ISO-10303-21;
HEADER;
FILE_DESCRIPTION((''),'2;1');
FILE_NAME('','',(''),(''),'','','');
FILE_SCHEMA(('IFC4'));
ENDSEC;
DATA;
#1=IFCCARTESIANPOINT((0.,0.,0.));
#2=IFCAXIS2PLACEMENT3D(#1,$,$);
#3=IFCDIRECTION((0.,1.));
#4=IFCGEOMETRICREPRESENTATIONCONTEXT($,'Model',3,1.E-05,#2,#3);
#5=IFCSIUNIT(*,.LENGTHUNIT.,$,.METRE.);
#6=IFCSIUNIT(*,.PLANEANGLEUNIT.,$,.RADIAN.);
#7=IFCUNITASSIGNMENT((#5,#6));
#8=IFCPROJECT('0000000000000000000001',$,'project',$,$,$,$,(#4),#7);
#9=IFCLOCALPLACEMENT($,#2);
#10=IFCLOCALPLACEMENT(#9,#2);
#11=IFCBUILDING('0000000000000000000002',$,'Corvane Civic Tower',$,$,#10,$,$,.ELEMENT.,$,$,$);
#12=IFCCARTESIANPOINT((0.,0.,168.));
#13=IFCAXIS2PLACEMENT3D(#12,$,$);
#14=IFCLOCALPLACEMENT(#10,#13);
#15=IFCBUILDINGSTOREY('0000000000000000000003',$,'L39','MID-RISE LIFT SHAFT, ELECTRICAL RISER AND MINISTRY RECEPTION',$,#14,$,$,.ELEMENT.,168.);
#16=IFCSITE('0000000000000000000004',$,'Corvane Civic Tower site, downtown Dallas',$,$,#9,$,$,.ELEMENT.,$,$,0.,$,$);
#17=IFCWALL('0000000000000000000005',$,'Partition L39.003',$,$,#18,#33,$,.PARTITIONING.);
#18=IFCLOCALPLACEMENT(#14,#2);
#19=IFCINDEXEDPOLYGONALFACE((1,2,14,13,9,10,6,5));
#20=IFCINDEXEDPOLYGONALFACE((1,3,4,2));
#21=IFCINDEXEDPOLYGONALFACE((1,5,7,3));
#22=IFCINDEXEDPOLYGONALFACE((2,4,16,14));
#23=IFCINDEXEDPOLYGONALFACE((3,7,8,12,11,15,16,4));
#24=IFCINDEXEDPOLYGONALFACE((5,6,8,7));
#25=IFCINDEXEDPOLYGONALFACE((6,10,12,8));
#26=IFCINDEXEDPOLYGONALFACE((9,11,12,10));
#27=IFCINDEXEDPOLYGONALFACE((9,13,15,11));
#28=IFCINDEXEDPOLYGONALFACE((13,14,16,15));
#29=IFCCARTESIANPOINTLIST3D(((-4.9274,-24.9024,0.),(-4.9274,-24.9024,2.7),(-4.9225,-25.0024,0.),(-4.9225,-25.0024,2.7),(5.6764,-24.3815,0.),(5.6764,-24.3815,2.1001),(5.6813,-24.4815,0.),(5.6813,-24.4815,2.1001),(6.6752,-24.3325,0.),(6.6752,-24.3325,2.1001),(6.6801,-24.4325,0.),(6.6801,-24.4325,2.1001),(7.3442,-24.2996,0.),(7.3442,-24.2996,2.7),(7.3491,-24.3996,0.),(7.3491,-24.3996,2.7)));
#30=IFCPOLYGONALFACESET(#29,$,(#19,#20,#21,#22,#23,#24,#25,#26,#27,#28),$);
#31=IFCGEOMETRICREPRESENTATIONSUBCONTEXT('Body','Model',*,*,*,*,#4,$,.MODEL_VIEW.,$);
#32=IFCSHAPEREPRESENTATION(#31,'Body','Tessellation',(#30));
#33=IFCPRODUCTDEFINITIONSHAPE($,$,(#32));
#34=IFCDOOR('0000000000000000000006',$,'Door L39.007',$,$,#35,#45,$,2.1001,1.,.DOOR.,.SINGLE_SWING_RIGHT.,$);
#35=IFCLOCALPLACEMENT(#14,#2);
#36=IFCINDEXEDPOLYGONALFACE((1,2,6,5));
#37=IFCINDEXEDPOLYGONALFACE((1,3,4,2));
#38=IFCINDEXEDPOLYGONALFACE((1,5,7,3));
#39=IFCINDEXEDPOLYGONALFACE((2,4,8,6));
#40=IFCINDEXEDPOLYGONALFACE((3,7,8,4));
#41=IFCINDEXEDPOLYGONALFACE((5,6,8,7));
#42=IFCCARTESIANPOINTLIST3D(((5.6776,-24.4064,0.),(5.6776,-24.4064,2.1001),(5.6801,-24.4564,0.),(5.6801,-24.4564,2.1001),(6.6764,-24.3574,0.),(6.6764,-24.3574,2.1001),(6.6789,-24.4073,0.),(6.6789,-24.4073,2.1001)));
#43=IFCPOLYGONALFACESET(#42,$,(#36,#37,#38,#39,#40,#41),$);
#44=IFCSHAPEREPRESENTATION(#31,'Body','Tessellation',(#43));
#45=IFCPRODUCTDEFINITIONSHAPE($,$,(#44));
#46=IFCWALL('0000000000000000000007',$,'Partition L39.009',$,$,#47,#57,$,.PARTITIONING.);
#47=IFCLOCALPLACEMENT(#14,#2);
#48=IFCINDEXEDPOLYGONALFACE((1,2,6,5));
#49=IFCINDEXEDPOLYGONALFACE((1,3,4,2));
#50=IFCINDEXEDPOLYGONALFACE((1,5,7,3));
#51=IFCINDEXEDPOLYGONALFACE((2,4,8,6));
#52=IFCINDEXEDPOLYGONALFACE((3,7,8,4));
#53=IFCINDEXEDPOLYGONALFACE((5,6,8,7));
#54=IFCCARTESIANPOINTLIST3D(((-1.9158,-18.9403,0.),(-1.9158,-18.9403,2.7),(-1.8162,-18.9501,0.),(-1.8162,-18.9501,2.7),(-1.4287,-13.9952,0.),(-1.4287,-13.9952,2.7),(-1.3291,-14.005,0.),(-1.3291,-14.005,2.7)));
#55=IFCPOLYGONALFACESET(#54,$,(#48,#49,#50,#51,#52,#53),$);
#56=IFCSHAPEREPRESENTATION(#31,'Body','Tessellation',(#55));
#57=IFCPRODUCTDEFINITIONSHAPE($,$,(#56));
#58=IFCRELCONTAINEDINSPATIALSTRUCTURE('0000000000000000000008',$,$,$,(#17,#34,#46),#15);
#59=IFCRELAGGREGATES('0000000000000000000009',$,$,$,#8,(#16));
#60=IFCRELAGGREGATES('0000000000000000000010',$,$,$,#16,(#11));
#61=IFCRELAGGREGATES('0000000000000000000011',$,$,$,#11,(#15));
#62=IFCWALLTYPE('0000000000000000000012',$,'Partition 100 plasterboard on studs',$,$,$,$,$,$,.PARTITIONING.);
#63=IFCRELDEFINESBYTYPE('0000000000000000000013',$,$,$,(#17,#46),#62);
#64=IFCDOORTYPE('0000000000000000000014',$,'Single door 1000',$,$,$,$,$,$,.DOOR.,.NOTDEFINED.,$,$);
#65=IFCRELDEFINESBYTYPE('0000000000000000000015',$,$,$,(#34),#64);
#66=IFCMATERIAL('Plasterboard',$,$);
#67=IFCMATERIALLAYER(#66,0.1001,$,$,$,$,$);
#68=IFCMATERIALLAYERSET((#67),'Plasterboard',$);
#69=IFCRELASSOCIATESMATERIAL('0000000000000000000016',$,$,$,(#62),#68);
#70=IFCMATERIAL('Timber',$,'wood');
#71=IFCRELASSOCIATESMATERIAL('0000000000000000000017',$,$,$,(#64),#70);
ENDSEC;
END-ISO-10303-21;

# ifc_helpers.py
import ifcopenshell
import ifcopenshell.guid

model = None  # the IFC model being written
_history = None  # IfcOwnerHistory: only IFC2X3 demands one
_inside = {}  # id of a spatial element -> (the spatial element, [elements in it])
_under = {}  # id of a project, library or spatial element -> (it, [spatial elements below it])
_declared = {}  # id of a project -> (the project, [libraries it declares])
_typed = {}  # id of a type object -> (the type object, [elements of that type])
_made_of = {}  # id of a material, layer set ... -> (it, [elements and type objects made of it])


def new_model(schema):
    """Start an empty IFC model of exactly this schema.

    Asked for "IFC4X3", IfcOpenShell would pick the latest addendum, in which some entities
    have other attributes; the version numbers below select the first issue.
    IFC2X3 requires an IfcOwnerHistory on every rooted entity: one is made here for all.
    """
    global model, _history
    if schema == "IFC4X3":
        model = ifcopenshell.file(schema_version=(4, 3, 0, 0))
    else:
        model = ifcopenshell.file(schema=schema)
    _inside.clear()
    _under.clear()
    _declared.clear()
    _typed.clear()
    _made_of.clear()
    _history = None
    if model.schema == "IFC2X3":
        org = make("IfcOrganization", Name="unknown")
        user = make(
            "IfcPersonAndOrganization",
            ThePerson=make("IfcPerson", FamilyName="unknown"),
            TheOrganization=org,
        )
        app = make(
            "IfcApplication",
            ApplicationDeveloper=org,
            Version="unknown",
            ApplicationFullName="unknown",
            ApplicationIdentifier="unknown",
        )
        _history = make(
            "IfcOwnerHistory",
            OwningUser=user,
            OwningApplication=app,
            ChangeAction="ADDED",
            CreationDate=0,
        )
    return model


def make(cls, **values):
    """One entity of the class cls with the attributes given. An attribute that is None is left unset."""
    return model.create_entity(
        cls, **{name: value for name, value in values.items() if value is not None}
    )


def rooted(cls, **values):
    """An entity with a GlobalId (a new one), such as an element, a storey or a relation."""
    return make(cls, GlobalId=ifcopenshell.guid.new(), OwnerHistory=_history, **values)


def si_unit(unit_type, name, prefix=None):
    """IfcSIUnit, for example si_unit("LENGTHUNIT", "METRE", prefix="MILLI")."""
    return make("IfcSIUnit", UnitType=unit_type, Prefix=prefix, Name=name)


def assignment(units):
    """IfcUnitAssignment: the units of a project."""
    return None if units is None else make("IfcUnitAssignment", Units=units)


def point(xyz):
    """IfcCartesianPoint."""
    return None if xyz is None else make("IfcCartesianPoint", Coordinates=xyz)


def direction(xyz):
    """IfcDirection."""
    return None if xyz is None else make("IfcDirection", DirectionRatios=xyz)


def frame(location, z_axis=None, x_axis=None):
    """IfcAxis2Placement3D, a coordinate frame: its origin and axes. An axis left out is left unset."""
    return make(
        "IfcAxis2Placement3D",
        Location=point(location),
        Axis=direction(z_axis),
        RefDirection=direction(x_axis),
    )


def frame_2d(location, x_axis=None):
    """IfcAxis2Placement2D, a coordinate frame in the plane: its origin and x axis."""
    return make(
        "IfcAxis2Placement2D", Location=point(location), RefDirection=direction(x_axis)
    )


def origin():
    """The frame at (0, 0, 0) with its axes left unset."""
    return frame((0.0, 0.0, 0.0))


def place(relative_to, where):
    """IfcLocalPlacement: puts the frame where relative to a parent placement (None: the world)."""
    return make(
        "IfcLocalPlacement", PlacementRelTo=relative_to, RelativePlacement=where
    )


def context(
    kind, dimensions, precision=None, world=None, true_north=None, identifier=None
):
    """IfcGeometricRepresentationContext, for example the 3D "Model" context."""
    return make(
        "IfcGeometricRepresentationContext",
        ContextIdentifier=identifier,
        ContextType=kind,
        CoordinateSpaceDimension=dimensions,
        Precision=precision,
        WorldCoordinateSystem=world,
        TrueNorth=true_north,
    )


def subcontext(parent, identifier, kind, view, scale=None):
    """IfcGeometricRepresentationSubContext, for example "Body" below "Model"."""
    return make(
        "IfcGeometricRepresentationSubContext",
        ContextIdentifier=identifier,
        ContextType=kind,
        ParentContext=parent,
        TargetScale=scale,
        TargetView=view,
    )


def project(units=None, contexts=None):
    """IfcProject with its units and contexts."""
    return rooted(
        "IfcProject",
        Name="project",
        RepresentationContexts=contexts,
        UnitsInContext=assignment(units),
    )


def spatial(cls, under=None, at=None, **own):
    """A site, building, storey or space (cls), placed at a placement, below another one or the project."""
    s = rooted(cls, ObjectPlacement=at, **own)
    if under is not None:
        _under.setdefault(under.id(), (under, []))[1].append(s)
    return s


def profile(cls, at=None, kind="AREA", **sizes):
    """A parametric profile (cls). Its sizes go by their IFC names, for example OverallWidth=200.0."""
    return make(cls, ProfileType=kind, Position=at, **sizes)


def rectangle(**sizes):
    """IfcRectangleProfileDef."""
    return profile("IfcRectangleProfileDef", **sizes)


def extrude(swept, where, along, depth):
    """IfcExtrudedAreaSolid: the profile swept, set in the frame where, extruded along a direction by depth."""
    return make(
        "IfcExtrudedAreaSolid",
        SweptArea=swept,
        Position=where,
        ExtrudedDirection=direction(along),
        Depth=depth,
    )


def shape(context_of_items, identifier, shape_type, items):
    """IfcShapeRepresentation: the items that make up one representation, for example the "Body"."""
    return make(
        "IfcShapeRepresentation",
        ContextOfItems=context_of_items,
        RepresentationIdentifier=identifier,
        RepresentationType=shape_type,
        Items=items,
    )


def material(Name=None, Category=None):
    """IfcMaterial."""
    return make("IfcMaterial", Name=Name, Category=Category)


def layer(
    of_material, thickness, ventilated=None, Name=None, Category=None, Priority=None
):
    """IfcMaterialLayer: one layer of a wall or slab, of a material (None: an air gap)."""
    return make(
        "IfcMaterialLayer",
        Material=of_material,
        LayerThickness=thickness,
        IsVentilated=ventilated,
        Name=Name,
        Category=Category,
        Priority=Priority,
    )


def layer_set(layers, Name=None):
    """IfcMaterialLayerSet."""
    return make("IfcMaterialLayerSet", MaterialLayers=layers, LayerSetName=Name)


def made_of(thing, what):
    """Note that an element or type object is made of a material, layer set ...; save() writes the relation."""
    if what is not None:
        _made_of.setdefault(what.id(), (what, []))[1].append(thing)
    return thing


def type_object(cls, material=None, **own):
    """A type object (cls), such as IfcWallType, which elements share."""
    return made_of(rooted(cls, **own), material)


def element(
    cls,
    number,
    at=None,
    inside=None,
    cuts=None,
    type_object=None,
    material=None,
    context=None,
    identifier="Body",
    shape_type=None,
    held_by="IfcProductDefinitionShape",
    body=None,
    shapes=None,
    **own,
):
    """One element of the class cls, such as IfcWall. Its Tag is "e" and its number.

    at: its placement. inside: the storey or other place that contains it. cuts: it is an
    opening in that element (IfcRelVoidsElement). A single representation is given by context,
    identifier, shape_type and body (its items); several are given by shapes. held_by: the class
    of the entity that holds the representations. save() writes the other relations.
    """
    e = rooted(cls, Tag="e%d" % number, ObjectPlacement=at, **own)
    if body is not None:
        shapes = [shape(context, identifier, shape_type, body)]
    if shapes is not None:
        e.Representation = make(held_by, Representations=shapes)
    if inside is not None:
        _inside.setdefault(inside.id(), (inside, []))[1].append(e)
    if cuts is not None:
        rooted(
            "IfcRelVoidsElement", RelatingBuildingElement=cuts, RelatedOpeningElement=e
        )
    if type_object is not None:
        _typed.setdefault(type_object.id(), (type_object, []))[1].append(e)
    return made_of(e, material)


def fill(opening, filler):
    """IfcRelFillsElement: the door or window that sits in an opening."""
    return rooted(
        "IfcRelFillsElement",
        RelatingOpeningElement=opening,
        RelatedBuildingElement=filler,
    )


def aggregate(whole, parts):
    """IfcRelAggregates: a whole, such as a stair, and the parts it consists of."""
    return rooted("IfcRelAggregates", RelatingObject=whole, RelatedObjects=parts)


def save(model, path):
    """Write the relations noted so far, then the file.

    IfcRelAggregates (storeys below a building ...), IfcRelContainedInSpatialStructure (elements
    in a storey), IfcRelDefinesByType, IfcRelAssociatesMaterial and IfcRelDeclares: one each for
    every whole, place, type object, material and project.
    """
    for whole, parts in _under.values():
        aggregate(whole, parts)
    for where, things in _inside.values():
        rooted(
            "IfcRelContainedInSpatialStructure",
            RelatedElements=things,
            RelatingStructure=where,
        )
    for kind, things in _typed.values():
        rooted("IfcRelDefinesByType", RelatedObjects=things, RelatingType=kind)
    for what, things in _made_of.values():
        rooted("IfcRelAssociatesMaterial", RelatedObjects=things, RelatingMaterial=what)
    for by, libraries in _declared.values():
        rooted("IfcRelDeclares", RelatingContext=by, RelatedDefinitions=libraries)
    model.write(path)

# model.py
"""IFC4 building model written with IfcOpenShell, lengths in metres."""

from ifc_helpers import new_model, si_unit, direction, frame, frame_2d, origin, place, context, subcontext, project, spatial, rectangle, extrude, material, layer, layer_set, type_object, element, fill, save


model = new_model("IFC4")

# Units and contexts
model_context = context("Model", 3, precision=1e-05, world=origin(), true_north=direction((0.0, 1.0)))
body_context = subcontext(model_context, "Body", "Model", "MODEL_VIEW")
ifc_project = project(units=[si_unit("LENGTHUNIT", "METRE"), si_unit("PLANEANGLEUNIT", "RADIAN")], contexts=[model_context])

# Site, building, storey
site_placement = place(None, origin())
site = spatial("IfcSite", under=ifc_project, at=site_placement, Name="Corvane Civic Tower site, downtown Dallas", CompositionType="ELEMENT", RefElevation=0.0)
building_placement = place(site_placement, origin())
building = spatial("IfcBuilding", under=site, at=building_placement, Name="Corvane Civic Tower", CompositionType="ELEMENT")
storey_placement = place(building_placement, frame((0.0, 0.0, 168.0)))
storey = spatial("IfcBuildingStorey", under=building, at=storey_placement, Name="L39", Description="MID-RISE LIFT SHAFT, ELECTRICAL RISER AND MINISTRY RECEPTION", CompositionType="ELEMENT", Elevation=168.0)

# Shared definitions
ifc_material_1 = material(Name="Plasterboard")
ifc_layer_1 = layer(ifc_material_1, 0.1001)
ifc_layer_set_1 = layer_set([ifc_layer_1], Name="Plasterboard")
wall_type = type_object("IfcWallType", Name="Partition 100 plasterboard on studs", PredefinedType="PARTITIONING", material=ifc_layer_set_1)

# Wall, opening, door
wall_1_placement = place(storey_placement, frame((-4.9248, -24.9524, 0.0), z_axis=(0.0, 0.0, 1.0), x_axis=(0.998796, 0.049061, 0.0)))
wall_1 = element("IfcWall", 1, at=wall_1_placement, inside=storey, type_object=wall_type, Name="Partition L39.003", PredefinedType="PARTITIONING", context=body_context, shape_type="SweptSolid", body=[
    extrude(rectangle(XDim=12.2864, YDim=0.1001, at=frame_2d((6.1431, 0.0))), origin(), (0.0, 0.0, 1.0), 2.7),
])
opening_placement = place(wall_1_placement, frame((10.6165, 0.0, 0.0)))
opening = element("IfcOpeningElement", 2, at=opening_placement, cuts=wall_1, PredefinedType="OPENING", context=body_context, shape_type="SweptSolid", body=[
    extrude(rectangle(XDim=1.0, YDim=2.1001, at=frame_2d((0.5, 1.05))), frame((0.0, 0.0601, 0.0), z_axis=(0.0, -1.0, 0.0), x_axis=(1.0, 0.0, 0.0)), (0.0, 0.0, 1.0), 0.1201),
])
ifc_material_2 = material(Name="Timber", Category="wood")
door_type = type_object("IfcDoorType", Name="Single door 1000", OperationType="NOTDEFINED", PredefinedType="DOOR", material=ifc_material_2)
door_placement = place(opening_placement, frame((1.0, 0.0, 0.0), z_axis=(0.0, 0.0, 1.0), x_axis=(-1.0, 0.0, 0.0)))
door = element("IfcDoor", 3, at=door_placement, inside=storey, type_object=door_type, Name="Door L39.007", OperationType="SINGLE_SWING_RIGHT", OverallHeight=2.1001, OverallWidth=1.0, PredefinedType="DOOR", context=body_context, shape_type="SweptSolid", body=[
    extrude(rectangle(XDim=1.0, YDim=2.1001, at=frame_2d((0.5, 1.05))), frame((0.0, 0.0249, 0.0), z_axis=(0.0, -1.0, 0.0), x_axis=(1.0, 0.0, 0.0)), (0.0, 0.0, 1.0), 0.05),
])
fill(opening, door)

# Wall
wall_2_placement = place(storey_placement, frame((-1.866, -18.9451, 0.0), z_axis=(0.0, 0.0, 1.0), x_axis=(0.09802, 0.995184, 0.0)))
element("IfcWall", 4, at=wall_2_placement, inside=storey, type_object=wall_type, Name="Partition L39.009", PredefinedType="PARTITIONING", context=body_context, shape_type="SweptSolid", body=[
    extrude(rectangle(XDim=4.969, YDim=0.1001, at=frame_2d((2.4844, 0.0))), origin(), (0.0, 0.0, 1.0), 2.7),
])

save(model, "model.ifc")
